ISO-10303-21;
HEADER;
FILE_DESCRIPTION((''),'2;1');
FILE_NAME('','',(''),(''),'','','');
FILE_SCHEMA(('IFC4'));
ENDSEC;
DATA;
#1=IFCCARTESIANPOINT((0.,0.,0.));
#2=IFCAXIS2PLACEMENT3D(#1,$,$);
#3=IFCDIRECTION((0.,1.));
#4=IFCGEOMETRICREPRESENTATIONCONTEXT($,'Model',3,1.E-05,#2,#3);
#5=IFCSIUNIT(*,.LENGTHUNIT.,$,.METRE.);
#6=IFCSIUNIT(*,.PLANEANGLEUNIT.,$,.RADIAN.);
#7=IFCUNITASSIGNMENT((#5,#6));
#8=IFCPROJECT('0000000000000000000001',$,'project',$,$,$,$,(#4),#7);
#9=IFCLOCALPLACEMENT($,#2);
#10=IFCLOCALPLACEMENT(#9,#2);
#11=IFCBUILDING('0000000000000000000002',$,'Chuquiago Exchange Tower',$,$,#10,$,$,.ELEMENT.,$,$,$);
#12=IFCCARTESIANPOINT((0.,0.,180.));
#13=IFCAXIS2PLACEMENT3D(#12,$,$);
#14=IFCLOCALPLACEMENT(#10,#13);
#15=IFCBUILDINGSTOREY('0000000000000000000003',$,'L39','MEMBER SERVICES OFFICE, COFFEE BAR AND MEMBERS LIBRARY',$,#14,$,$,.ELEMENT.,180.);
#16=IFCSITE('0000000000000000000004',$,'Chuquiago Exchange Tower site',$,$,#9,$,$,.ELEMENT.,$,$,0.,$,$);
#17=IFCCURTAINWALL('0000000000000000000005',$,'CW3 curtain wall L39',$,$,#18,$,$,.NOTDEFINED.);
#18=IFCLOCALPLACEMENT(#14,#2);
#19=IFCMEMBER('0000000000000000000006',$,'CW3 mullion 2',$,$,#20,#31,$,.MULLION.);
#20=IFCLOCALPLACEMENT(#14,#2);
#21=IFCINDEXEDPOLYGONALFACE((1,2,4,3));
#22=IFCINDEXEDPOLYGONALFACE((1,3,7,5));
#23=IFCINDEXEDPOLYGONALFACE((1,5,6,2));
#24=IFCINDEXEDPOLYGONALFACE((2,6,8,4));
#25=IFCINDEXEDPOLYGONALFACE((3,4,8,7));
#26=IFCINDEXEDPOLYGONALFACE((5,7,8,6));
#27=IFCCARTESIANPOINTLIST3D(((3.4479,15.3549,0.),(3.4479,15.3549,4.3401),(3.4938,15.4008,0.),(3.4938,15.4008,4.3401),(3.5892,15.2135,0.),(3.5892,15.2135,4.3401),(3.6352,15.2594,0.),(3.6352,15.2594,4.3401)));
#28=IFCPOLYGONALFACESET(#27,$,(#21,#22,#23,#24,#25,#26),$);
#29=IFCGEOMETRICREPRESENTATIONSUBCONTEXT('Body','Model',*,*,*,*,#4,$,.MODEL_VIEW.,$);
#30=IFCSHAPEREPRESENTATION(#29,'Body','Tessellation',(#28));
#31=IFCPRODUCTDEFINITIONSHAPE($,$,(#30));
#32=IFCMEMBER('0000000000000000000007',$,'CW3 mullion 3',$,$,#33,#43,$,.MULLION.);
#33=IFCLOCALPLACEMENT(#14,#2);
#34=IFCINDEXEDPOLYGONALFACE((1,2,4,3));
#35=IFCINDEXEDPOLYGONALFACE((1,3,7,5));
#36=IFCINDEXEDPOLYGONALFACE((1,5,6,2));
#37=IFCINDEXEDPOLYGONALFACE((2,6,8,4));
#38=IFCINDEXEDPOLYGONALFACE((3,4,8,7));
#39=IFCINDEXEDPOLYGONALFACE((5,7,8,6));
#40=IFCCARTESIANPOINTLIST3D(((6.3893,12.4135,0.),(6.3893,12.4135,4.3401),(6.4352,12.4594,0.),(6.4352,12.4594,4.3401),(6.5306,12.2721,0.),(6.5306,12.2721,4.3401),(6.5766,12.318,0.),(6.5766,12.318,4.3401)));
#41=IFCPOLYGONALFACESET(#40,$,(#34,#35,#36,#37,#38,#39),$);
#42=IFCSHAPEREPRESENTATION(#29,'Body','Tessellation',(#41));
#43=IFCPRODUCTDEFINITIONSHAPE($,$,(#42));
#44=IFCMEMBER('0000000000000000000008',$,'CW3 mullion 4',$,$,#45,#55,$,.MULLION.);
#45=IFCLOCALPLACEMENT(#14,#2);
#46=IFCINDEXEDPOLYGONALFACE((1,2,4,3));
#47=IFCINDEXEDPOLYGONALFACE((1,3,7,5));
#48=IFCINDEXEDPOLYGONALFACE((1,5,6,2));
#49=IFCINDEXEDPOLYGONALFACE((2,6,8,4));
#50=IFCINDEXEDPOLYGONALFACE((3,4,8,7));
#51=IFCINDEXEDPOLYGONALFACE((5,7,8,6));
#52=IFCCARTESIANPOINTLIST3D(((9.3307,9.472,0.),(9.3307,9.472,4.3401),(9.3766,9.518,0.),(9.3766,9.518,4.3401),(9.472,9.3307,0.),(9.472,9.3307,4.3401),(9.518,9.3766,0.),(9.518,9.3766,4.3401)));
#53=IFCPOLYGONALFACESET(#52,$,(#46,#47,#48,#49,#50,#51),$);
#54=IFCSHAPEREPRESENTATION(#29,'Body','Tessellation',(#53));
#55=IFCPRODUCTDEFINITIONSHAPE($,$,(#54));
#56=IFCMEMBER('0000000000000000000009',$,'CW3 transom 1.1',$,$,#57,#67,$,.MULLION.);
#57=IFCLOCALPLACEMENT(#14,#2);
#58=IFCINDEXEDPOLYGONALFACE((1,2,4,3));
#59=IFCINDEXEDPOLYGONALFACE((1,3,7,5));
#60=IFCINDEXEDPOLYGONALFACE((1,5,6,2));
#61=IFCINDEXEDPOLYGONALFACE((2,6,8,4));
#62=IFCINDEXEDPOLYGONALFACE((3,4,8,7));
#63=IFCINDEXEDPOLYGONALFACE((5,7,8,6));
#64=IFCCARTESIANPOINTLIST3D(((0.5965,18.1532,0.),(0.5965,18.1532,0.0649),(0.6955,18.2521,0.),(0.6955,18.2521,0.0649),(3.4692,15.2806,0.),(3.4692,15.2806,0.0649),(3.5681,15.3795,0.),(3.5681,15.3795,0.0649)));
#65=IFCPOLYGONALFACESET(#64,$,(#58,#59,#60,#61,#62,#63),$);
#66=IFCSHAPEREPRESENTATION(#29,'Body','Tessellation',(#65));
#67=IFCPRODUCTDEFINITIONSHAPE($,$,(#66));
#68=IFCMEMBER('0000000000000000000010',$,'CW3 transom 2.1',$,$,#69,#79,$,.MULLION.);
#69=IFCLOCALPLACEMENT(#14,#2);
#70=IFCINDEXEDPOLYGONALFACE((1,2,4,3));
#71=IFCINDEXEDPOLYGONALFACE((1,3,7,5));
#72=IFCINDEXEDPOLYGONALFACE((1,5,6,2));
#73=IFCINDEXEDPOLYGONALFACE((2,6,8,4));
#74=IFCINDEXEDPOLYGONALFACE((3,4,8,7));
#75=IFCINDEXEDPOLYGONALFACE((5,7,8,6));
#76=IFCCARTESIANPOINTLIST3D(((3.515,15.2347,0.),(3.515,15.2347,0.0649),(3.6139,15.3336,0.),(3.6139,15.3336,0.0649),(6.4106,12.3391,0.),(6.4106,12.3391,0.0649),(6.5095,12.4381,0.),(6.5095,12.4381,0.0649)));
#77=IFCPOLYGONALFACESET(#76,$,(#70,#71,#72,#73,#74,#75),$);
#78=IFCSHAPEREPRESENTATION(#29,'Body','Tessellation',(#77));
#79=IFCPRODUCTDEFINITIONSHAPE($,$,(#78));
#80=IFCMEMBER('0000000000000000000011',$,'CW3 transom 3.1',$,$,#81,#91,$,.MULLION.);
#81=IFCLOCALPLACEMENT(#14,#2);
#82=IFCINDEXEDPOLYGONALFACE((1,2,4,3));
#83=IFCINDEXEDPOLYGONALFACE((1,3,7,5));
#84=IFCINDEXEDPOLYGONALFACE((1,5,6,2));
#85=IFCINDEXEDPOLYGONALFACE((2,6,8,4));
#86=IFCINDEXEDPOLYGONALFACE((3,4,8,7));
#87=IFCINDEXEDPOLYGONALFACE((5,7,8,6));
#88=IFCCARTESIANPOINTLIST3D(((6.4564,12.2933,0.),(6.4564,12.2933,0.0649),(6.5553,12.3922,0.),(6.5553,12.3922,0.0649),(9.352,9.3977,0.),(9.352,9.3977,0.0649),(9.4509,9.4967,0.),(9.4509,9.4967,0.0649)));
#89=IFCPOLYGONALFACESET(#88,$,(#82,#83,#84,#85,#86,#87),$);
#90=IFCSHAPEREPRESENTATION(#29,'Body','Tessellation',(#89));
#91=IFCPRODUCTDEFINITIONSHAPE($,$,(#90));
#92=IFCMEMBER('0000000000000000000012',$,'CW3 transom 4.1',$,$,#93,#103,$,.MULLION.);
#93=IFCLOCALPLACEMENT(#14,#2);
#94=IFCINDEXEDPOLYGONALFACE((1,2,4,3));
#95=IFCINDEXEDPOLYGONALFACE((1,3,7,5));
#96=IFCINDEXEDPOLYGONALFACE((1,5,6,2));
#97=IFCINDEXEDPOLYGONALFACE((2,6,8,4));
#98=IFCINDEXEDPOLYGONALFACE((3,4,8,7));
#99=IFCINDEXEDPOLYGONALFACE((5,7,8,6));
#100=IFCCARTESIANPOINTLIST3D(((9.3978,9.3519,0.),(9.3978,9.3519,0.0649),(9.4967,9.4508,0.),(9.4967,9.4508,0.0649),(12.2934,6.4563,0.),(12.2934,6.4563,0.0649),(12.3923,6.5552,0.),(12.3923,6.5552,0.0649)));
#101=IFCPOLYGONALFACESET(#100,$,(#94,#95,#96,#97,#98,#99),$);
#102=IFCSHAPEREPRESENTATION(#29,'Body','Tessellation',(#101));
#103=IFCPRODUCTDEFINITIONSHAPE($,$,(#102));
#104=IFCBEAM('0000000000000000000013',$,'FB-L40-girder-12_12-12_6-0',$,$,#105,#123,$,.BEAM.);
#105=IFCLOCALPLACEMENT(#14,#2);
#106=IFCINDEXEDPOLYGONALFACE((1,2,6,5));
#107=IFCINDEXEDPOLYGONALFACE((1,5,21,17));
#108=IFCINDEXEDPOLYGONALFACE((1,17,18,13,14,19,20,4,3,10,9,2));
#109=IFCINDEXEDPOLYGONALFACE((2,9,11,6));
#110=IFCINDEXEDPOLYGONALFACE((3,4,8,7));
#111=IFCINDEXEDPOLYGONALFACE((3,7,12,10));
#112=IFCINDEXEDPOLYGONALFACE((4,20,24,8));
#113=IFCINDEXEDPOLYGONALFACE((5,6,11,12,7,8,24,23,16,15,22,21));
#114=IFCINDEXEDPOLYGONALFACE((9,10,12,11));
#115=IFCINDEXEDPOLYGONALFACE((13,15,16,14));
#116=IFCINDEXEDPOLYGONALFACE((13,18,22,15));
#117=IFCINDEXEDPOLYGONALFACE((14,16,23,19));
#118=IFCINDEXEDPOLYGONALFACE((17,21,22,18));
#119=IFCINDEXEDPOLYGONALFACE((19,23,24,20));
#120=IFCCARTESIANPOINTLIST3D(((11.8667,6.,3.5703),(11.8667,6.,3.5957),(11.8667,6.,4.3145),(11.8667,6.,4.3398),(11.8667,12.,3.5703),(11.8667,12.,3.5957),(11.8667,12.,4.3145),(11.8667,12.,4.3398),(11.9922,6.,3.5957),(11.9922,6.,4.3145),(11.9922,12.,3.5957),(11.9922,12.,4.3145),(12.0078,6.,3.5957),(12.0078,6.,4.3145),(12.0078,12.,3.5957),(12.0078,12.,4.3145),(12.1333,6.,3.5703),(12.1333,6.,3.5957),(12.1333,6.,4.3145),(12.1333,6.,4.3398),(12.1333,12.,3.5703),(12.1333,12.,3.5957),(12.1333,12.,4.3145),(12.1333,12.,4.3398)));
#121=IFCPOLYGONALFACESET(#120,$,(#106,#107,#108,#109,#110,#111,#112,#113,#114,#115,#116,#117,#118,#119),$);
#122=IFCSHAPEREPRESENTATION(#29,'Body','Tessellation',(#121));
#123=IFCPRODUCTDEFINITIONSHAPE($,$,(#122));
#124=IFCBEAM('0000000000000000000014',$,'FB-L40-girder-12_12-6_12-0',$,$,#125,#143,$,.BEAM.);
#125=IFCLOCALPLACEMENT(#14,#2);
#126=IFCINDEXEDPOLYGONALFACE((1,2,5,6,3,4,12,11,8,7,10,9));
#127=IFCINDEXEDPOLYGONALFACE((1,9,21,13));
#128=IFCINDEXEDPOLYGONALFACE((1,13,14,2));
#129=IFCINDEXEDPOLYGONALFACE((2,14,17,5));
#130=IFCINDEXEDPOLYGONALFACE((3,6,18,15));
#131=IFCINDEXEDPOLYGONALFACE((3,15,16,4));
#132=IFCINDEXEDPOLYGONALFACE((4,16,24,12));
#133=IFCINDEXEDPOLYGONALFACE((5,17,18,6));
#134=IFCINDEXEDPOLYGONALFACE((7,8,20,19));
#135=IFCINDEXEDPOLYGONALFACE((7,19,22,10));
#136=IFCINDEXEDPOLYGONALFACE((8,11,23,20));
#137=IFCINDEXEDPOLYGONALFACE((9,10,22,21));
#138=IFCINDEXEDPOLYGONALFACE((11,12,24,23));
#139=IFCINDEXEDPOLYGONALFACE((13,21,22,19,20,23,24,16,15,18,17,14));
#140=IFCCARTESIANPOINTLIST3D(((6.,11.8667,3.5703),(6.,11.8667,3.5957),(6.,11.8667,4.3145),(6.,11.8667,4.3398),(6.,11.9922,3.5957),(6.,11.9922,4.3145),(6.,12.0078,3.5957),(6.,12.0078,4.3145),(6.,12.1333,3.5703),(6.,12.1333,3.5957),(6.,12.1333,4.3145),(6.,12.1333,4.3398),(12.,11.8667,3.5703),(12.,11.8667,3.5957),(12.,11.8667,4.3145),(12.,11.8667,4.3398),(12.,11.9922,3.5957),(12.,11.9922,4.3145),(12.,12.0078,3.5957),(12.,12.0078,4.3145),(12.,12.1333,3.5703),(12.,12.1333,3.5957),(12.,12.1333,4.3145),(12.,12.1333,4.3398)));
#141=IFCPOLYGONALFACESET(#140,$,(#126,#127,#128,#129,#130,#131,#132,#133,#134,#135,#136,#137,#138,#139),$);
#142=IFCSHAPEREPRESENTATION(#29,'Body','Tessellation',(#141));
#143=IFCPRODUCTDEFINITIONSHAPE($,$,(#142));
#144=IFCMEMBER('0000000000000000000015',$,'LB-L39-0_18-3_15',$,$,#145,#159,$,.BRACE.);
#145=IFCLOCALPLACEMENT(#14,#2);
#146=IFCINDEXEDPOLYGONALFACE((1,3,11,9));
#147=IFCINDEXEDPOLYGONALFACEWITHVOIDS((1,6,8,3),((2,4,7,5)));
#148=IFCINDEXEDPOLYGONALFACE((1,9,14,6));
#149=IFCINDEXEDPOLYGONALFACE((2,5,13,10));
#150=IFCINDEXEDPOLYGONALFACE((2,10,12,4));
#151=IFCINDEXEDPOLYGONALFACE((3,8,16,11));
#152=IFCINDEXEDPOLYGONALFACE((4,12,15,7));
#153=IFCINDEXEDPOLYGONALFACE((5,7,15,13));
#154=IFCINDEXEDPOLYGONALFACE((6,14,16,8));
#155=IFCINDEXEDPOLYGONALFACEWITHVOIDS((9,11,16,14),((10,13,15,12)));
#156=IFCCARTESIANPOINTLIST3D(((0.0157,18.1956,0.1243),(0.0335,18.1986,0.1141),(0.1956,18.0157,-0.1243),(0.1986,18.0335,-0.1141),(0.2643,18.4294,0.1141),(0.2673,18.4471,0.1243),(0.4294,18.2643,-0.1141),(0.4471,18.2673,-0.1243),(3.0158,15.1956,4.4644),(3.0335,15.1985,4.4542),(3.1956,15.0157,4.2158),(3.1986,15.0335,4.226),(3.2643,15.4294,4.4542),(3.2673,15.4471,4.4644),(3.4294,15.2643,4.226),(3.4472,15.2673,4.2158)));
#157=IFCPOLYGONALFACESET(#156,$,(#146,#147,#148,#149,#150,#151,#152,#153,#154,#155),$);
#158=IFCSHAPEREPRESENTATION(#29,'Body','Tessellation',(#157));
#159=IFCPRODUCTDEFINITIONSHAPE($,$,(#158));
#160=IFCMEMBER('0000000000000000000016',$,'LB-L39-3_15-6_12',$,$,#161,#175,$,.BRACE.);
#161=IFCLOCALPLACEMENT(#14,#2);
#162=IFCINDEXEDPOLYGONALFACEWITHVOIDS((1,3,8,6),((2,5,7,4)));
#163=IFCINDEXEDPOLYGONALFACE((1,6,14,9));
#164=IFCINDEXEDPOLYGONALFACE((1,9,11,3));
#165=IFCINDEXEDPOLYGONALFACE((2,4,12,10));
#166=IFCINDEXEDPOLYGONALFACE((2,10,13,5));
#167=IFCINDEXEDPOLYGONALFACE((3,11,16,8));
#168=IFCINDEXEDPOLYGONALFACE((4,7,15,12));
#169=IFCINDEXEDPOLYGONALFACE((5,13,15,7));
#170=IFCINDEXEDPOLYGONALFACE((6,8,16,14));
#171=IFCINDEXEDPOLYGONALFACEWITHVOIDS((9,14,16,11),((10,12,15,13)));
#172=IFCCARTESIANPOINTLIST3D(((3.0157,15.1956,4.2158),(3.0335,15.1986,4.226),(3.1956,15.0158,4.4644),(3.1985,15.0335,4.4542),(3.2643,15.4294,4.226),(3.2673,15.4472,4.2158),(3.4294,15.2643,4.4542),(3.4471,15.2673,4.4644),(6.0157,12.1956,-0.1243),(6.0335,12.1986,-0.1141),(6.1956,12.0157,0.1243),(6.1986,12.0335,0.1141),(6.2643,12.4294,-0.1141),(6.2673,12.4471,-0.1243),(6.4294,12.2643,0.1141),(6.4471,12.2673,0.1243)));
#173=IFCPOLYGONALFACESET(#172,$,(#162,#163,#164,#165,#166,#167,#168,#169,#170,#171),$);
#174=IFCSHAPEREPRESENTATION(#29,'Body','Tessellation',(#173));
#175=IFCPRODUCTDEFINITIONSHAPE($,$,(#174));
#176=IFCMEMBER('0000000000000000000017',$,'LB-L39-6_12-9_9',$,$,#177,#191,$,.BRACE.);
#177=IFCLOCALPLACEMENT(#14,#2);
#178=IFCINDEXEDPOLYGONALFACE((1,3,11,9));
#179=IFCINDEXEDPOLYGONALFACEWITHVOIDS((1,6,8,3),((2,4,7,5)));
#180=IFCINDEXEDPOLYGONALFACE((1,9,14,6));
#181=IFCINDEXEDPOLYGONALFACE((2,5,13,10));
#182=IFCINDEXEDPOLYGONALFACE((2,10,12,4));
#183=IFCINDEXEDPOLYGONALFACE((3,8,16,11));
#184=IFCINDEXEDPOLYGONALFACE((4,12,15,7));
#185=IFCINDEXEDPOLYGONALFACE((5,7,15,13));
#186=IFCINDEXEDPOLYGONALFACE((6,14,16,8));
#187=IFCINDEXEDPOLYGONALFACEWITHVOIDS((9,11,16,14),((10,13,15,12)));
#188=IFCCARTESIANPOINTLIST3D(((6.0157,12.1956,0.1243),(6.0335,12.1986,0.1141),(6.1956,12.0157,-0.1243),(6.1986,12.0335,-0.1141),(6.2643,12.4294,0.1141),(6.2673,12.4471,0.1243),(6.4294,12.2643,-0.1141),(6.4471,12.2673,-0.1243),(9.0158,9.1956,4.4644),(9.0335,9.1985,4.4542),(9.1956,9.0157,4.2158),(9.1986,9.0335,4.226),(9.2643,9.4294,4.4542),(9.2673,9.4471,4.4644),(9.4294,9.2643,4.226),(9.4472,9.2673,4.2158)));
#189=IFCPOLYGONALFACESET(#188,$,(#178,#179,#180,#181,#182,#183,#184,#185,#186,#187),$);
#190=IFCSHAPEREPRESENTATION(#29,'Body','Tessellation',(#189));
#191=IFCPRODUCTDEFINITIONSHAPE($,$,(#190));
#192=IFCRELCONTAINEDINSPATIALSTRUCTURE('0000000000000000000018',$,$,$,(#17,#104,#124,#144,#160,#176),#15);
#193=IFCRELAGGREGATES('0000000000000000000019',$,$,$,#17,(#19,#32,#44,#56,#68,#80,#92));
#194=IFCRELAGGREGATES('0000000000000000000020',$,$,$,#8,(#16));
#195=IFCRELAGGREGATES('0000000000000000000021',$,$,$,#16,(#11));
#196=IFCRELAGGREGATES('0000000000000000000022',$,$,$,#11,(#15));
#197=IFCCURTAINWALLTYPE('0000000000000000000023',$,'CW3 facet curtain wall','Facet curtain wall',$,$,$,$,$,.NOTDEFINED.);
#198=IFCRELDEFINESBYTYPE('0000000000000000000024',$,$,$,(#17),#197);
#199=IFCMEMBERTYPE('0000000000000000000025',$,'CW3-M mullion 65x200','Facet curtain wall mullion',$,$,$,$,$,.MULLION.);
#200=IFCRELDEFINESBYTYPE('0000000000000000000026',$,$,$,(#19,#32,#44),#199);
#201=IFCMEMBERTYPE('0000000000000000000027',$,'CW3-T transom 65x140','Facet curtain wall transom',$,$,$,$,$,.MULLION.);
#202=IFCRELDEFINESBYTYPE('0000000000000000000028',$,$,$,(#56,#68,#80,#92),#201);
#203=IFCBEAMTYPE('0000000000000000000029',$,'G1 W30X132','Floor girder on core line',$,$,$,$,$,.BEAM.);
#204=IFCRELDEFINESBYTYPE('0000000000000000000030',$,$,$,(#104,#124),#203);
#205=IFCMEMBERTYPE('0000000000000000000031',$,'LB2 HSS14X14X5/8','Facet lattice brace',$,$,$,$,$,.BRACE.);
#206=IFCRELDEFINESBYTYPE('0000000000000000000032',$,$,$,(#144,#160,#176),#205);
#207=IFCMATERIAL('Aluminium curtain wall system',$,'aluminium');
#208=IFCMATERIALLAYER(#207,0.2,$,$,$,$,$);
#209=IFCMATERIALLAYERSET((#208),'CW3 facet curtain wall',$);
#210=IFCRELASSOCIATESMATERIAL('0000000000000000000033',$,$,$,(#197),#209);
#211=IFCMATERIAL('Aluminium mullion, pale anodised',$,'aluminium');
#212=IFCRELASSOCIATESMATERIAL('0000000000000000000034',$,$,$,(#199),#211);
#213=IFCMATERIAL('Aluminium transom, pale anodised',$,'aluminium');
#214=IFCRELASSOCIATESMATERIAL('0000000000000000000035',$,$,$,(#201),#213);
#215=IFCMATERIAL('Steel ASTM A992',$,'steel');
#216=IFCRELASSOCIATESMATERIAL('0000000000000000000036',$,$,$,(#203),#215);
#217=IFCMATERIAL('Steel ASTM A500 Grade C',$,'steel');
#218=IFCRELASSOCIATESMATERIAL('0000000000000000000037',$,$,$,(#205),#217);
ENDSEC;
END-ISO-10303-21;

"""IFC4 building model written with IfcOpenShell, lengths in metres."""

from ifc_helpers import new_model, si_unit, direction, frame, origin, origin_2d, place, context, subcontext, project, spatial, rectangle, hollow_rectangle, i_section, extrude, material, layer, layer_set, material_profile, profile_set, type_object, element, aggregate, save


model = new_model("IFC4")

# Units and contexts
model_context = context("Model", 3, precision=1e-05, world=origin(), true_north=direction((0.0, 1.0)))
body_context = subcontext(model_context, "Body", "Model", "MODEL_VIEW")
ifc_project = project(units=[si_unit("LENGTHUNIT", "METRE"), si_unit("PLANEANGLEUNIT", "RADIAN")], contexts=[model_context])

# Site, building, storey
site_placement = place(None, origin())
site = spatial("IfcSite", under=ifc_project, at=site_placement, Name="Chuquiago Exchange Tower site", CompositionType="ELEMENT", RefElevation=0.0)
building_placement = place(site_placement, origin())
building = spatial("IfcBuilding", under=site, at=building_placement, Name="Chuquiago Exchange Tower", CompositionType="ELEMENT")
storey_placement = place(building_placement, frame((0.0, 0.0, 180.0)))
storey = spatial("IfcBuildingStorey", under=building, at=storey_placement, Name="L39", Description="MEMBER SERVICES OFFICE, COFFEE BAR AND MEMBERS LIBRARY", CompositionType="ELEMENT", Elevation=180.0)

# Curtain wall, members
ifc_material_1 = material(Name="Aluminium curtain wall system", Category="aluminium")
ifc_layer_1 = layer(ifc_material_1, 0.2)
ifc_layer_set_1 = layer_set([ifc_layer_1], Name="CW3 facet curtain wall")
curtain_wall_type_1 = type_object("IfcCurtainWallType", Name="CW3 facet curtain wall", Description="Facet curtain wall", PredefinedType="NOTDEFINED", material=ifc_layer_set_1)
curtain_wall_1_placement = place(storey_placement, origin())
curtain_wall_1 = element("IfcCurtainWall", 1, at=curtain_wall_1_placement, inside=storey, type_object=curtain_wall_type_1, Name="CW3 curtain wall L39", PredefinedType="NOTDEFINED")
ifc_material_2 = material(Name="Aluminium mullion, pale anodised", Category="aluminium")
ifc_material_profile_1 = material_profile(ifc_material_2, rectangle(XDim=0.0649, YDim=0.2, at=origin_2d()), Name="AL 65x200")
ifc_profile_set_1 = profile_set([ifc_material_profile_1], Name="Aluminium mullion, pale anodised")
member_type_1 = type_object("IfcMemberType", Name="CW3-M mullion 65x200", Description="Facet curtain wall mullion", PredefinedType="MULLION", material=ifc_profile_set_1)
member_1_placement = place(storey_placement, frame((3.5415, 15.3071, 0.0), z_axis=(0.0, 0.0, 1.0), x_axis=(0.707107, 0.707107, 0.0)))
member_1 = element("IfcMember", 2, at=member_1_placement, type_object=member_type_1, Name="CW3 mullion 2", PredefinedType="MULLION", context=body_context, shape_type="SweptSolid", body=[
    extrude(rectangle(XDim=0.0649, YDim=0.2, at=origin_2d()), origin(), (0.0, 0.0, 1.0), 4.3401),
])
member_2_placement = place(storey_placement, frame((6.4829, 12.3657, 0.0), z_axis=(0.0, 0.0, 1.0), x_axis=(0.707107, 0.707107, 0.0)))
member_2 = element("IfcMember", 3, at=member_2_placement, type_object=member_type_1, Name="CW3 mullion 3", PredefinedType="MULLION", context=body_context, shape_type="SweptSolid", body=[
    extrude(rectangle(XDim=0.0649, YDim=0.2, at=origin_2d()), origin(), (0.0, 0.0, 1.0), 4.3401),
])
member_3_placement = place(storey_placement, frame((9.4243, 9.4243, 0.0), z_axis=(0.0, 0.0, 1.0), x_axis=(0.707107, 0.707107, 0.0)))
member_3 = element("IfcMember", 4, at=member_3_placement, type_object=member_type_1, Name="CW3 mullion 4", PredefinedType="MULLION", context=body_context, shape_type="SweptSolid", body=[
    extrude(rectangle(XDim=0.0649, YDim=0.2, at=origin_2d()), origin(), (0.0, 0.0, 1.0), 4.3401),
])
ifc_material_3 = material(Name="Aluminium transom, pale anodised", Category="aluminium")
ifc_material_profile_2 = material_profile(ifc_material_3, rectangle(XDim=0.1399, YDim=0.0649, at=origin_2d()), Name="AL 140x65")
ifc_profile_set_2 = profile_set([ifc_material_profile_2], Name="Aluminium transom, pale anodised")
member_type_2 = type_object("IfcMemberType", Name="CW3-T transom 65x140", Description="Facet curtain wall transom", PredefinedType="MULLION", material=ifc_profile_set_2)
member_4_placement = place(storey_placement, frame((0.646, 18.2026, 0.0325), z_axis=(0.707107, -0.707107, 0.0), x_axis=(0.707107, 0.707107, 0.0)))
member_4 = element("IfcMember", 5, at=member_4_placement, type_object=member_type_2, Name="CW3 transom 1.1", PredefinedType="MULLION", context=body_context, shape_type="SweptSolid", body=[
    extrude(rectangle(XDim=0.1399, YDim=0.0649, at=origin_2d()), origin(), (0.0, 0.0, 1.0), 4.0625),
])
member_5_placement = place(storey_placement, frame((3.5645, 15.2842, 0.0325), z_axis=(0.707107, -0.707107, 0.0), x_axis=(0.707107, 0.707107, 0.0)))
member_5 = element("IfcMember", 6, at=member_5_placement, type_object=member_type_2, Name="CW3 transom 2.1", PredefinedType="MULLION", context=body_context, shape_type="SweptSolid", body=[
    extrude(rectangle(XDim=0.1399, YDim=0.0649, at=origin_2d()), origin(), (0.0, 0.0, 1.0), 4.095),
])
member_6_placement = place(storey_placement, frame((6.5059, 12.3428, 0.0325), z_axis=(0.707107, -0.707107, 0.0), x_axis=(0.707107, 0.707107, 0.0)))
member_6 = element("IfcMember", 7, at=member_6_placement, type_object=member_type_2, Name="CW3 transom 3.1", PredefinedType="MULLION", context=body_context, shape_type="SweptSolid", body=[
    extrude(rectangle(XDim=0.1399, YDim=0.0649, at=origin_2d()), origin(), (0.0, 0.0, 1.0), 4.095),
])
member_7_placement = place(storey_placement, frame((9.4473, 9.4014, 0.0325), z_axis=(0.707107, -0.707107, 0.0), x_axis=(0.707107, 0.707107, 0.0)))
member_7 = element("IfcMember", 8, at=member_7_placement, type_object=member_type_2, Name="CW3 transom 4.1", PredefinedType="MULLION", context=body_context, shape_type="SweptSolid", body=[
    extrude(rectangle(XDim=0.1399, YDim=0.0649, at=origin_2d()), origin(), (0.0, 0.0, 1.0), 4.095),
])

# Beams
ifc_material_4 = material(Name="Steel ASTM A992", Category="steel")
ifc_material_profile_3 = material_profile(ifc_material_4, i_section(OverallWidth=0.2666, OverallDepth=0.7695, WebThickness=0.0156, FlangeThickness=0.0254, at=origin_2d()), Name="W30X132")
ifc_profile_set_3 = profile_set([ifc_material_profile_3], Name="Steel ASTM A992")
beam_type_1 = type_object("IfcBeamType", Name="G1 W30X132", Description="Floor girder on core line", PredefinedType="BEAM", material=ifc_profile_set_3)
for number, where, z_axis, x_axis, name in (
    (9, (12.0, 12.0, 3.9551), (0.0, -1.0, 0.0), (1.0, 0.0, 0.0), "FB-L40-girder-12_12-12_6-0"),
    (10, (12.0, 12.0, 3.9551), (-1.0, 0.0, 0.0), (0.0, -1.0, 0.0), "FB-L40-girder-12_12-6_12-0"),
):
    element("IfcBeam", number, at=place(storey_placement, frame(where, z_axis=z_axis, x_axis=x_axis)), inside=storey, type_object=beam_type_1, Name=name, PredefinedType="BEAM", context=body_context, shape_type="SweptSolid", body=[
        extrude(i_section(OverallWidth=0.2666, OverallDepth=0.7695, WebThickness=0.0156, FlangeThickness=0.0254, at=origin_2d()), origin(), (0.0, 0.0, 1.0), 6.0),
    ])

# Members
ifc_material_5 = material(Name="Steel ASTM A500 Grade C", Category="steel")
ifc_material_profile_4 = material_profile(ifc_material_5, hollow_rectangle(XDim=0.3557, YDim=0.3557, WallThickness=0.0146, at=origin_2d()), Name="HSS14X14X5/8")
ifc_profile_set_4 = profile_set([ifc_material_profile_4], Name="Steel ASTM A500 Grade C")
member_type_3 = type_object("IfcMemberType", Name="LB2 HSS14X14X5/8", Description="Facet lattice brace", PredefinedType="BRACE", material=ifc_profile_set_4)
for number, where, z_axis, x_axis, name in (
    (11, (0.2314, 18.2314, 0.0), (0.494291, -0.494291, 0.715089), (0.707107, 0.707107, 0.0), "LB-L39-0_18-3_15"),
    (12, (6.2314, 12.2314, 0.0), (-0.494291, 0.494291, 0.715089), (-0.707107, -0.707107, 0.0), "LB-L39-3_15-6_12"),
    (13, (6.2314, 12.2314, 0.0), (0.494291, -0.494291, 0.715089), (0.707107, 0.707107, 0.0), "LB-L39-6_12-9_9"),
):
    element("IfcMember", number, at=place(storey_placement, frame(where, z_axis=z_axis, x_axis=x_axis)), inside=storey, type_object=member_type_3, Name=name, PredefinedType="BRACE", context=body_context, shape_type="SweptSolid", body=[
        extrude(hollow_rectangle(XDim=0.3557, YDim=0.3557, WallThickness=0.0146, at=origin_2d()), origin(), (0.0, 0.0, 1.0), 6.0693),
    ])

aggregate(curtain_wall_1, [member_1, member_2, member_3, member_4, member_5, member_6, member_7])

save(model, "model.ifc")
